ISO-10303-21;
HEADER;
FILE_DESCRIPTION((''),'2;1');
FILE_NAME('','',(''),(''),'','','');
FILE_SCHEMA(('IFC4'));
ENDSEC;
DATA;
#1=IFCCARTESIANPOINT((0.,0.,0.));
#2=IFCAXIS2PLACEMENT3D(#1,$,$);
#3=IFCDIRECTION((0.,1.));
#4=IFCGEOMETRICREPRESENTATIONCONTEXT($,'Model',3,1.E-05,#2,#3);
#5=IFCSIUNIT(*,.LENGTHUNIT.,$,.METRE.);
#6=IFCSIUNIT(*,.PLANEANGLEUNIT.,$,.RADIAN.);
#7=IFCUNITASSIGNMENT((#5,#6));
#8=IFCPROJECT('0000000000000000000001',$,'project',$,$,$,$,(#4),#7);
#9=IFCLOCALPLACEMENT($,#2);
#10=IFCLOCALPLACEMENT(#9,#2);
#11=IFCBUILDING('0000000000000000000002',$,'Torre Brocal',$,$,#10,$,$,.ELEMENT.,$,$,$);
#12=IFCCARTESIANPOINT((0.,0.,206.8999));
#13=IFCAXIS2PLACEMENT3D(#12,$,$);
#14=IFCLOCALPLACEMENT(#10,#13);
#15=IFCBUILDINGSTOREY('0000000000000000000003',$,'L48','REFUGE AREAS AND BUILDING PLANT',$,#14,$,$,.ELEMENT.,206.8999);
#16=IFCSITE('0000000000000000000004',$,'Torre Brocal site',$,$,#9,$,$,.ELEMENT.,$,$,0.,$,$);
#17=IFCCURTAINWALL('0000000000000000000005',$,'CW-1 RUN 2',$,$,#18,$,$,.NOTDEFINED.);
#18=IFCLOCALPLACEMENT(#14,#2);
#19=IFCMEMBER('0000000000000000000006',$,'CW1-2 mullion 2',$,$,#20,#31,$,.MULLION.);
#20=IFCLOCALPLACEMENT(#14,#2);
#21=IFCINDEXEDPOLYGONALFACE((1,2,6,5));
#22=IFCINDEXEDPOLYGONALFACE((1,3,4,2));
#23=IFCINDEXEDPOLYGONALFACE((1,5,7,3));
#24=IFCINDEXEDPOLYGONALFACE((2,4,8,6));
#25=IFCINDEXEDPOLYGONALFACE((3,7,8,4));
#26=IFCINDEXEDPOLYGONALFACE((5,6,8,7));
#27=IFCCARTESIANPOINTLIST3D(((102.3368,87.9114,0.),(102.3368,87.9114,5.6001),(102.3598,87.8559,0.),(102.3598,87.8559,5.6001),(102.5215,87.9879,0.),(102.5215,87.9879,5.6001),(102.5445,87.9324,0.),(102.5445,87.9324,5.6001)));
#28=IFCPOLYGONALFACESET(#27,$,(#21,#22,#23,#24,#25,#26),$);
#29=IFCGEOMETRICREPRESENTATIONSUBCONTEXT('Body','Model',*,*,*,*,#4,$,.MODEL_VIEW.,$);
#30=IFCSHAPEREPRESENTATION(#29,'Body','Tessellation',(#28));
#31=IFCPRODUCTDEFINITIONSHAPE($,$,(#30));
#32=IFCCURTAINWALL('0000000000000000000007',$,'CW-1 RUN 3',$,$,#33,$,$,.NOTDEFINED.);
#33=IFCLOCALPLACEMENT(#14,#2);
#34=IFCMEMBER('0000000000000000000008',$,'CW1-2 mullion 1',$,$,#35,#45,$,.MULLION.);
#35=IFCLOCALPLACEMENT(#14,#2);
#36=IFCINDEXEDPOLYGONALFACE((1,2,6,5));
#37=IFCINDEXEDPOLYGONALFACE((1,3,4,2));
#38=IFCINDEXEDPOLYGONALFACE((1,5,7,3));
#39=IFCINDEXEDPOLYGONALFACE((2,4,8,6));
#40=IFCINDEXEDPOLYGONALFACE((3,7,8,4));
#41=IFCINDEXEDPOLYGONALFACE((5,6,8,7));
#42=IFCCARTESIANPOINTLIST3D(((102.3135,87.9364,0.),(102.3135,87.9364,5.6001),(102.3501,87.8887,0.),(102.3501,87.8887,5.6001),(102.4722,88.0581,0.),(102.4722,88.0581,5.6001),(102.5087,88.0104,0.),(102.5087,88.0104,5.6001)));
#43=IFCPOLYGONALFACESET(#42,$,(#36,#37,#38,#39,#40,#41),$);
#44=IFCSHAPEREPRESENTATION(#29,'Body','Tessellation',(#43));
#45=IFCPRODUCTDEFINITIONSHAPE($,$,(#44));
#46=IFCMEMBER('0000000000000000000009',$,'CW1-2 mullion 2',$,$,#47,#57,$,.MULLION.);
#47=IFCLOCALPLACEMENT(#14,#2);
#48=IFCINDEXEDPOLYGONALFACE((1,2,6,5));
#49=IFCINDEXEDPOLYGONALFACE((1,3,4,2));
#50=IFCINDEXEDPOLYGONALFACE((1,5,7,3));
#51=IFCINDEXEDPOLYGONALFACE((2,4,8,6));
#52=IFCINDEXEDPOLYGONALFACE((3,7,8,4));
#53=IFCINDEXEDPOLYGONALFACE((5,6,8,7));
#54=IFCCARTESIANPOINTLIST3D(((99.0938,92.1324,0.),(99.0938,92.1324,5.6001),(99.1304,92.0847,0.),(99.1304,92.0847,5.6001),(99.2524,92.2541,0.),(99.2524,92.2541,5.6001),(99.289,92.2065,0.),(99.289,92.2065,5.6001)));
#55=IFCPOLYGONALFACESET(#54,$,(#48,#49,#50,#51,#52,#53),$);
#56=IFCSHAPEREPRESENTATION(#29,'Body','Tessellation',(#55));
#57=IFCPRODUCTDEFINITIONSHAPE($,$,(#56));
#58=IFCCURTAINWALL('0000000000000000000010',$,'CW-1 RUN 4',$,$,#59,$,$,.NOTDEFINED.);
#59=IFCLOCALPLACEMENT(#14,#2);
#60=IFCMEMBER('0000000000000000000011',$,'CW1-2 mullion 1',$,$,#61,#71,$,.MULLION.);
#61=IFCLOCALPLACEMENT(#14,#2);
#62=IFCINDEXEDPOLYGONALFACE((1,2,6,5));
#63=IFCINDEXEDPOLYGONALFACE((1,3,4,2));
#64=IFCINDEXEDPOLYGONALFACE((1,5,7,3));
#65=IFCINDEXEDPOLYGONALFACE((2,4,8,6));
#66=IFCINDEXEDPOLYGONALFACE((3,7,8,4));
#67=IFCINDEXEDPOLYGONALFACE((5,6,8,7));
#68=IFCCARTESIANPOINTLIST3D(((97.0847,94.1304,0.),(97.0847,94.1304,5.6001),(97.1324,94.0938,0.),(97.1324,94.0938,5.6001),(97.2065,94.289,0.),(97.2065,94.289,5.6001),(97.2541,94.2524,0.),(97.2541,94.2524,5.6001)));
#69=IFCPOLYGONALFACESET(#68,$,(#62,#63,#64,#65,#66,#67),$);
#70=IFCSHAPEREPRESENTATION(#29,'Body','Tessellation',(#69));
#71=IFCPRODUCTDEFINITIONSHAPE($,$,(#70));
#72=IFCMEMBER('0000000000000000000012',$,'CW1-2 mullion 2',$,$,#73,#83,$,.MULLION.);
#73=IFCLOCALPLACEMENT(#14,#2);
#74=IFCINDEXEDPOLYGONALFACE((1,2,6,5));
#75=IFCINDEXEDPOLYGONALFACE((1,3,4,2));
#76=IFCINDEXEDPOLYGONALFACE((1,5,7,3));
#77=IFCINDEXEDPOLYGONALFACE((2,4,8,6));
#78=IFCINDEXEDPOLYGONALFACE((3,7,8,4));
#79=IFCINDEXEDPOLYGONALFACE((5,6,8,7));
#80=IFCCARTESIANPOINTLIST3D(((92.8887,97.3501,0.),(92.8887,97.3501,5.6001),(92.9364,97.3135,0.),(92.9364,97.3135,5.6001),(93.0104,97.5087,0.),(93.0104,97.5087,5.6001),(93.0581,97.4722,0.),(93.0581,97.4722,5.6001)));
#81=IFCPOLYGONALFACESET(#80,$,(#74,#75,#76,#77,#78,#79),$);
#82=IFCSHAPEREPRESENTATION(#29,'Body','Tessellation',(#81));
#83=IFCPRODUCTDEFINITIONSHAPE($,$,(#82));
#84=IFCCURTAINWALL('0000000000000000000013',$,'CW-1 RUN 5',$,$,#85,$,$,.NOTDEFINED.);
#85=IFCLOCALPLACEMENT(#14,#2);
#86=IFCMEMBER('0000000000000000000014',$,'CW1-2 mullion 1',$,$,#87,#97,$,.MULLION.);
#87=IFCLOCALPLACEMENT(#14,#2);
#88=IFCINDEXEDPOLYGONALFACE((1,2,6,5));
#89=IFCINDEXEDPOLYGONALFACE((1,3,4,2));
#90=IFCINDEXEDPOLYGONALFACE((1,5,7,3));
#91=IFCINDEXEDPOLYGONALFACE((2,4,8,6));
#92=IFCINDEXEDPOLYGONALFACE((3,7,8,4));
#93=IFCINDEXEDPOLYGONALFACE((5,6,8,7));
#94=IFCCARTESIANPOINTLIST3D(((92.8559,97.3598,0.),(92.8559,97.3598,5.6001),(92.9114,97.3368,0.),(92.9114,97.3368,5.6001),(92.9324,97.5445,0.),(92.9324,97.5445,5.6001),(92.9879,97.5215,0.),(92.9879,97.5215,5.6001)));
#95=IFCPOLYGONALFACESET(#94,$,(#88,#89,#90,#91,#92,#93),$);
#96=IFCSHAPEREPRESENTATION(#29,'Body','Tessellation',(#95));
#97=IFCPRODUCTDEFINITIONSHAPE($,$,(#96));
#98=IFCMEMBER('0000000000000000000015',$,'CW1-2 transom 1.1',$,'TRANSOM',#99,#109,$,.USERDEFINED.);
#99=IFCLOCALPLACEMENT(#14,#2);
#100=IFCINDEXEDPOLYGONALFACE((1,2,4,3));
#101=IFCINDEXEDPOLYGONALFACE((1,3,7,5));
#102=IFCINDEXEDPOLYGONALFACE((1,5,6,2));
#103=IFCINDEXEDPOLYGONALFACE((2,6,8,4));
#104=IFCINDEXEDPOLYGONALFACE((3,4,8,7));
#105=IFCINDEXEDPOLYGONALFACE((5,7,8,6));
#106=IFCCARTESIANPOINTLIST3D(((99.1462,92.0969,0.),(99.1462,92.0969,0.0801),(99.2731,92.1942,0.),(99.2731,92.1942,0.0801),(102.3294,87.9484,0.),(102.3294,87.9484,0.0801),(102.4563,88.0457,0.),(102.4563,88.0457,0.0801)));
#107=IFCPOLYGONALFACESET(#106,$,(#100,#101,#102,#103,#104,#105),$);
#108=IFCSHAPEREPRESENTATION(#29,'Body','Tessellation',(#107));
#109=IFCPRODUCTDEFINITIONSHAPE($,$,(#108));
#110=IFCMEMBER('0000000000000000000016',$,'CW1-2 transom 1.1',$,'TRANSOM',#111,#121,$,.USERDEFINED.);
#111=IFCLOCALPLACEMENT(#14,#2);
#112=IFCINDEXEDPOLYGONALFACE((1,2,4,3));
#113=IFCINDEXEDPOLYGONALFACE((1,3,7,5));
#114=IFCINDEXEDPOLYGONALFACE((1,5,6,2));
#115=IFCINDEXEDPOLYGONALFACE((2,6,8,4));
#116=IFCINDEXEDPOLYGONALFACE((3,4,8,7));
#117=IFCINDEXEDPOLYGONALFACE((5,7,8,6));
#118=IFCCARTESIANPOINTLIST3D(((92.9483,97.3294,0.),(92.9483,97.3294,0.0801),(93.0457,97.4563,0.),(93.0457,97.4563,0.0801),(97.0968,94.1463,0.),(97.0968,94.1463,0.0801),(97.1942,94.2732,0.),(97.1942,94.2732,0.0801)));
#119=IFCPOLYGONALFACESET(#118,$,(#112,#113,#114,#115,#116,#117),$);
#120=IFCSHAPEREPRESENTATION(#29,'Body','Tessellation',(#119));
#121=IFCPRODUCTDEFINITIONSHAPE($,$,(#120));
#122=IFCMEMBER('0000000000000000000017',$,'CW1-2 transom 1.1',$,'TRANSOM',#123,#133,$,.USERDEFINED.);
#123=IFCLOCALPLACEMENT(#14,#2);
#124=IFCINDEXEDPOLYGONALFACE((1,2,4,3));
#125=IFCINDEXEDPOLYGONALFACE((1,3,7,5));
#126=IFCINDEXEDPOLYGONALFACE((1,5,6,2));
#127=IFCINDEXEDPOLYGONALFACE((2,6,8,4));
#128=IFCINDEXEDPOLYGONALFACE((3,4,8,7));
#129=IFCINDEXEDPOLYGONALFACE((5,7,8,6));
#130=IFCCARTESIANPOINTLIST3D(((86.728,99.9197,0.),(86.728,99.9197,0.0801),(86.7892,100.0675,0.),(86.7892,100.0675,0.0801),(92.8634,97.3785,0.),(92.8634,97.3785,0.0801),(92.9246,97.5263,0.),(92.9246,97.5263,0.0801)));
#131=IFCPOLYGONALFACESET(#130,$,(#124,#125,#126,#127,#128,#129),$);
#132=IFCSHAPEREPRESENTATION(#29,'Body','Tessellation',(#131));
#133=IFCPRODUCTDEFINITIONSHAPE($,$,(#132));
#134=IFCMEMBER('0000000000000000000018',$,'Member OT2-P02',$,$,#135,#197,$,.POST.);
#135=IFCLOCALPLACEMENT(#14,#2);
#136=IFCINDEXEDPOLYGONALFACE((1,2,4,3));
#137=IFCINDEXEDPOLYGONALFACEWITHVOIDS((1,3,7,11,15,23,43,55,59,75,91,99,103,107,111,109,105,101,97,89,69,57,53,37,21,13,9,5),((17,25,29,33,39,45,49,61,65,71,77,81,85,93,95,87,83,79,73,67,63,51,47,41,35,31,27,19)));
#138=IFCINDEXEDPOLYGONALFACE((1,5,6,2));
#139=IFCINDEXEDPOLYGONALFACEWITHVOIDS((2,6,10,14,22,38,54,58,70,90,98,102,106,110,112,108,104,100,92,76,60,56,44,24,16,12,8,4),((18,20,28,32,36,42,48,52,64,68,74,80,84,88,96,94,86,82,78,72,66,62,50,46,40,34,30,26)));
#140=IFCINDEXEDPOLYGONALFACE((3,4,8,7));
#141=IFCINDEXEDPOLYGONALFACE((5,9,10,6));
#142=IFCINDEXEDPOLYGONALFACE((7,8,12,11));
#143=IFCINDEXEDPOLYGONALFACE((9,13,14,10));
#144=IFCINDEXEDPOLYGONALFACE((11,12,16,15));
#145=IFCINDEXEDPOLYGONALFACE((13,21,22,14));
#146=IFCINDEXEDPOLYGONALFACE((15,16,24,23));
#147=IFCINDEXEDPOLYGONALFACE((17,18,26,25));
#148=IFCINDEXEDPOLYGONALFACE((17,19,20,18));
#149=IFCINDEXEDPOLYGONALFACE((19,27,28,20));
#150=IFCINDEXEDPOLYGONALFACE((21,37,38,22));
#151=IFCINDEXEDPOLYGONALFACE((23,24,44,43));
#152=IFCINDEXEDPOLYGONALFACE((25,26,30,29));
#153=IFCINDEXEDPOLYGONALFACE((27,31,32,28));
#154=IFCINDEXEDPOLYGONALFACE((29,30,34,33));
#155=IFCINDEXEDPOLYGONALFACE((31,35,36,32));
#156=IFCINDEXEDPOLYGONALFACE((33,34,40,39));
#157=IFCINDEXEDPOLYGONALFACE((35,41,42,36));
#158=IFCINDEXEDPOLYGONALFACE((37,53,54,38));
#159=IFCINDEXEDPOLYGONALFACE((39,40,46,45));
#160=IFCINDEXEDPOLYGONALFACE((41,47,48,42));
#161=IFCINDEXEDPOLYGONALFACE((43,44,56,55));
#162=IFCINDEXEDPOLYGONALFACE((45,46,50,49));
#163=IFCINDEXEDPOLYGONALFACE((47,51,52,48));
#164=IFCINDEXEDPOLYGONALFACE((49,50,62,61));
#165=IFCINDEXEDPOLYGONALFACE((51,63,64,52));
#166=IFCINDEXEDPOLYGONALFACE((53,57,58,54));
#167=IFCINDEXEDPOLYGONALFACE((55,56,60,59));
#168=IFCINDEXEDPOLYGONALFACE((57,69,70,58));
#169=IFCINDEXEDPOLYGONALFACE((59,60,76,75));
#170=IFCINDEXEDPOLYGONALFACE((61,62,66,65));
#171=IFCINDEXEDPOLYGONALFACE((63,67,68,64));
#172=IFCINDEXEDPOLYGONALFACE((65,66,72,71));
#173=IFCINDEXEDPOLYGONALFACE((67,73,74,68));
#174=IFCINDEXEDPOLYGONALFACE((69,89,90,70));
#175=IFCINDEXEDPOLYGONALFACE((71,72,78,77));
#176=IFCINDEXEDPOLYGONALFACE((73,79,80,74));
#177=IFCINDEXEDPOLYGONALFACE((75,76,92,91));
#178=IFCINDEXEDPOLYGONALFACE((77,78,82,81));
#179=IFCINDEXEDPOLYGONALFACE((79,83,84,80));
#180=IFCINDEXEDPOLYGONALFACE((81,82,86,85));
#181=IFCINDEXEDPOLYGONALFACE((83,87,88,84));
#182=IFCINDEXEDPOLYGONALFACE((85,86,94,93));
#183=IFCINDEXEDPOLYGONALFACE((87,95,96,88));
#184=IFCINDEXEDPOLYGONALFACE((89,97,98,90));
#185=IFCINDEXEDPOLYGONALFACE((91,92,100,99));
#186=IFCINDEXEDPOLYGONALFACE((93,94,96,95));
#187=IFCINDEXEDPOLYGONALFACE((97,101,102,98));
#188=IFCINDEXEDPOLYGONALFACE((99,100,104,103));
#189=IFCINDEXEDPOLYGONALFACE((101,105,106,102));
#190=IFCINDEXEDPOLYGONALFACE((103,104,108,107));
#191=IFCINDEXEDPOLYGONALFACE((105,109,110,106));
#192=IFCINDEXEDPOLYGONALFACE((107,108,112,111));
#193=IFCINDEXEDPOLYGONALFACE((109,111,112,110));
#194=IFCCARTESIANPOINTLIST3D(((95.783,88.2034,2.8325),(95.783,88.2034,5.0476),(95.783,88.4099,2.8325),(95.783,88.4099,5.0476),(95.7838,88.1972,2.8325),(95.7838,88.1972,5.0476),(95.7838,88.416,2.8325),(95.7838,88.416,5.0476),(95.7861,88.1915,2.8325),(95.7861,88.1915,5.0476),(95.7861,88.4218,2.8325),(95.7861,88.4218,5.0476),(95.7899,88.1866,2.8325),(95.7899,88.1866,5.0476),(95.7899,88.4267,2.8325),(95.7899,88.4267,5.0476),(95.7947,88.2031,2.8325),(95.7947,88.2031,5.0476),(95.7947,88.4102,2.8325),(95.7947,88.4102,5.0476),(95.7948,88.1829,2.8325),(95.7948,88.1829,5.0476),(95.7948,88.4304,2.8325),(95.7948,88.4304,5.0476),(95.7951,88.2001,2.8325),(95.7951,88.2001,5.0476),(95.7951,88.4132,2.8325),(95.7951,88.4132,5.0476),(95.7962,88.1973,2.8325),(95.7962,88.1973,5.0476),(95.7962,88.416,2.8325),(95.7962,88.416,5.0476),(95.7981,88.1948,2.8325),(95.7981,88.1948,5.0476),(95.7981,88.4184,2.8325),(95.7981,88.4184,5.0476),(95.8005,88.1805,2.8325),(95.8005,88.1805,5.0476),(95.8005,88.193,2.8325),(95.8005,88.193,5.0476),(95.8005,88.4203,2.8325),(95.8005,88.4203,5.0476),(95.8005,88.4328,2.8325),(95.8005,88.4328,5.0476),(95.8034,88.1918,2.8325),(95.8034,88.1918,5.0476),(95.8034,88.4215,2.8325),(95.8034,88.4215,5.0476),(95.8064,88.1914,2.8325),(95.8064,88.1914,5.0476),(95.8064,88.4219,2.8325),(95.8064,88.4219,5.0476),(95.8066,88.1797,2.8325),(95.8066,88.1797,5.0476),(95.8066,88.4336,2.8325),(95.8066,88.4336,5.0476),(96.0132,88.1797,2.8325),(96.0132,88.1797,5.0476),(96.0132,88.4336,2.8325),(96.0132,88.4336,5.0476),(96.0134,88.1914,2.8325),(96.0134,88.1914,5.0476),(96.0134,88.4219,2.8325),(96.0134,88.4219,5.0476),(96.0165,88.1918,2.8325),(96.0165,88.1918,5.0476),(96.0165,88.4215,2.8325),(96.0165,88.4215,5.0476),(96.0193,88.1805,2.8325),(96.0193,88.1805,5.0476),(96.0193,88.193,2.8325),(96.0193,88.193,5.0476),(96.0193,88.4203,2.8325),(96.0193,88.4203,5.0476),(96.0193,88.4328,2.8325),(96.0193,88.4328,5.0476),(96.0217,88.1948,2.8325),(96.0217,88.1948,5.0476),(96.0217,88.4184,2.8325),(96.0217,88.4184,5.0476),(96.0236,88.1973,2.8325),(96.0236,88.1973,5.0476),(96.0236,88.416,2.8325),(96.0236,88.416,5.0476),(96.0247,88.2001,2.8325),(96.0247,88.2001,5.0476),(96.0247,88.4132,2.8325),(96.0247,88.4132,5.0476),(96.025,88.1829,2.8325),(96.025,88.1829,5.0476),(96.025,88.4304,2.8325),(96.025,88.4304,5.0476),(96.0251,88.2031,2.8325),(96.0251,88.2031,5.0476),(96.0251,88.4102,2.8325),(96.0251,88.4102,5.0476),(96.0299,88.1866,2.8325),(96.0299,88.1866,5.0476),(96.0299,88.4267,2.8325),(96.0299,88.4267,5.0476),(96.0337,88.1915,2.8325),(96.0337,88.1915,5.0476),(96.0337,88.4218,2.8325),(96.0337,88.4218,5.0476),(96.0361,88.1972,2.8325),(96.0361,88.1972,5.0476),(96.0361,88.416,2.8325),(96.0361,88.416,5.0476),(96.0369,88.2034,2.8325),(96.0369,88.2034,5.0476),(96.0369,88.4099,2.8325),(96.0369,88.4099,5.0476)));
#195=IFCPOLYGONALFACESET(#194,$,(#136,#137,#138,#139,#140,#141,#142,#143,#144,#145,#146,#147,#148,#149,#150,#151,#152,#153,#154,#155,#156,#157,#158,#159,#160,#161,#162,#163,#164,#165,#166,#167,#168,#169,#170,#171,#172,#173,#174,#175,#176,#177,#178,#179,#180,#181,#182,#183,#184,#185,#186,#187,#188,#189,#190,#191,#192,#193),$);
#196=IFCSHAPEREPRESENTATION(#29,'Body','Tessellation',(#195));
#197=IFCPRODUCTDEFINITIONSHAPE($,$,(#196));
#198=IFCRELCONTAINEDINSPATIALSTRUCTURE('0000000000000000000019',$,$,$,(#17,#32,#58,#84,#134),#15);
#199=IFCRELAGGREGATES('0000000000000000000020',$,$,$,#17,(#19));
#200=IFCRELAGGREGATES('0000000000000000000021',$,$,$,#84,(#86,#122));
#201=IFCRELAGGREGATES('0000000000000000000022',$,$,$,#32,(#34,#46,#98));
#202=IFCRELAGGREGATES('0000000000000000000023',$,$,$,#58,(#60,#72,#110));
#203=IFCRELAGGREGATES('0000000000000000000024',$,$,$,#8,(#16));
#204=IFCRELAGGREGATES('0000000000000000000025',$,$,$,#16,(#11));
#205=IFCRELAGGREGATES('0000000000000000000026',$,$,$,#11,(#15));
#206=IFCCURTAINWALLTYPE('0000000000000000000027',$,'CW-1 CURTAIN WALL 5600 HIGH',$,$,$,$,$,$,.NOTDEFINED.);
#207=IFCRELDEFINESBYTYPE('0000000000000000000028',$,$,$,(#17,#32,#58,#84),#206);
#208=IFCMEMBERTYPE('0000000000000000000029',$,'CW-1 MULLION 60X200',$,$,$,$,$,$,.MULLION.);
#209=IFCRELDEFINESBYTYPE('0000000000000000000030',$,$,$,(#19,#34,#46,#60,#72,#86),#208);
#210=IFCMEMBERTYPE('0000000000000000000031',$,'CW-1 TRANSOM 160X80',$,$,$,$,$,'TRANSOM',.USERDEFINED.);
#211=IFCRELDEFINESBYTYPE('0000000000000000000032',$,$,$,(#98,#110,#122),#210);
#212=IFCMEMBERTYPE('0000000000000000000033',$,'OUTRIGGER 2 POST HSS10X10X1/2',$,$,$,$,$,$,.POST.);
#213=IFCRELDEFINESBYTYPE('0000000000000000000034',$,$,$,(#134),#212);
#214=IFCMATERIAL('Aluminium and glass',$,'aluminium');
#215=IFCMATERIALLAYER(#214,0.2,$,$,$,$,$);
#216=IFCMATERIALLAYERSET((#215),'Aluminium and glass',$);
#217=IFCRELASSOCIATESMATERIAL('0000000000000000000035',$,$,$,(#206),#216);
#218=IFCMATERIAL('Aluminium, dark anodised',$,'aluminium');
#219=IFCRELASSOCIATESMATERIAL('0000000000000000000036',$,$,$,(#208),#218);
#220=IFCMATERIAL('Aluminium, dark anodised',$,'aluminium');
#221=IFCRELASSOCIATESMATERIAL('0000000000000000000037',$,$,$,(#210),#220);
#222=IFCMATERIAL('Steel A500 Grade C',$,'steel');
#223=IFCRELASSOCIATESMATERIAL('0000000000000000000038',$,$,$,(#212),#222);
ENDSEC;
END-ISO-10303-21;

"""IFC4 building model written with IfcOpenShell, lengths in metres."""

from ifc_helpers import new_model, si_unit, direction, frame, origin, origin_2d, place, context, subcontext, project, spatial, rectangle, hollow_rectangle, extrude, material, layer, layer_set, material_profile, profile_set, type_object, element, aggregate, save


model = new_model("IFC4")

# Units and contexts
model_context = context("Model", 3, precision=1e-05, world=origin(), true_north=direction((0.0, 1.0)))
body_context = subcontext(model_context, "Body", "Model", "MODEL_VIEW")
ifc_project = project(units=[si_unit("LENGTHUNIT", "METRE"), si_unit("PLANEANGLEUNIT", "RADIAN")], contexts=[model_context])

# Site, building, storey
site_placement = place(None, origin())
site = spatial("IfcSite", under=ifc_project, at=site_placement, Name="Torre Brocal site", CompositionType="ELEMENT", RefElevation=0.0)
building_placement = place(site_placement, origin())
building = spatial("IfcBuilding", under=site, at=building_placement, Name="Torre Brocal", CompositionType="ELEMENT")
storey_placement = place(building_placement, frame((0.0, 0.0, 206.8999)))
storey = spatial("IfcBuildingStorey", under=building, at=storey_placement, Name="L48", Description="REFUGE AREAS AND BUILDING PLANT", CompositionType="ELEMENT", Elevation=206.8999)

# Curtain wall, member
ifc_material_1 = material(Name="Aluminium and glass", Category="aluminium")
ifc_layer_1 = layer(ifc_material_1, 0.2)
ifc_layer_set_1 = layer_set([ifc_layer_1], Name="Aluminium and glass")
curtain_wall_type = type_object("IfcCurtainWallType", Name="CW-1 CURTAIN WALL 5600 HIGH", PredefinedType="NOTDEFINED", material=ifc_layer_set_1)
curtain_wall_1_placement = place(storey_placement, origin())
curtain_wall_1 = element("IfcCurtainWall", 1, at=curtain_wall_1_placement, inside=storey, type_object=curtain_wall_type, Name="CW-1 RUN 2", PredefinedType="NOTDEFINED")
ifc_material_2 = material(Name="Aluminium, dark anodised", Category="aluminium")
ifc_material_profile_1 = material_profile(ifc_material_2, rectangle(XDim=0.2, YDim=0.0601, at=origin_2d()), Name="CW-1 MULLION 60X200")
ifc_profile_set_1 = profile_set([ifc_material_profile_1], Name="Aluminium, dark anodised")
member_type_1 = type_object("IfcMemberType", Name="CW-1 MULLION 60X200", PredefinedType="MULLION", material=ifc_profile_set_1)
member_1_placement = place(storey_placement, frame((102.4407, 87.9219, 0.0), z_axis=(0.0, 0.0, 1.0), x_axis=(-0.92388, -0.382683, 0.0)))
member_1 = element("IfcMember", 2, at=member_1_placement, type_object=member_type_1, Name="CW1-2 mullion 2", PredefinedType="MULLION", context=body_context, shape_type="SweptSolid", body=[
    extrude(rectangle(XDim=0.2, YDim=0.0601, at=origin_2d()), origin(), (0.0, 0.0, 1.0), 5.6001),
])
aggregate(curtain_wall_1, [member_1])

# Curtain walls, members
curtain_wall_2_placement = place(storey_placement, origin())
curtain_wall_2 = element("IfcCurtainWall", 3, at=curtain_wall_2_placement, inside=storey, type_object=curtain_wall_type, Name="CW-1 RUN 3", PredefinedType="NOTDEFINED")
member_2_placement = place(storey_placement, frame((102.4111, 87.9734, 0.0), z_axis=(0.0, 0.0, 1.0), x_axis=(-0.793353, -0.608761, 0.0)))
member_2 = element("IfcMember", 4, at=member_2_placement, type_object=member_type_1, Name="CW1-2 mullion 1", PredefinedType="MULLION", context=body_context, shape_type="SweptSolid", body=[
    extrude(rectangle(XDim=0.2, YDim=0.0601, at=origin_2d()), origin(), (0.0, 0.0, 1.0), 5.6001),
])
member_3_placement = place(storey_placement, frame((99.1914, 92.1694, 0.0), z_axis=(0.0, 0.0, 1.0), x_axis=(-0.793353, -0.608761, 0.0)))
member_3 = element("IfcMember", 5, at=member_3_placement, type_object=member_type_1, Name="CW1-2 mullion 2", PredefinedType="MULLION", context=body_context, shape_type="SweptSolid", body=[
    extrude(rectangle(XDim=0.2, YDim=0.0601, at=origin_2d()), origin(), (0.0, 0.0, 1.0), 5.6001),
])
curtain_wall_3_placement = place(storey_placement, origin())
curtain_wall_3 = element("IfcCurtainWall", 6, at=curtain_wall_3_placement, inside=storey, type_object=curtain_wall_type, Name="CW-1 RUN 4", PredefinedType="NOTDEFINED")
member_4_placement = place(storey_placement, frame((97.1694, 94.1914, 0.0), z_axis=(0.0, 0.0, 1.0), x_axis=(-0.608761, -0.793353, 0.0)))
member_4 = element("IfcMember", 7, at=member_4_placement, type_object=member_type_1, Name="CW1-2 mullion 1", PredefinedType="MULLION", context=body_context, shape_type="SweptSolid", body=[
    extrude(rectangle(XDim=0.2, YDim=0.0601, at=origin_2d()), origin(), (0.0, 0.0, 1.0), 5.6001),
])
member_5_placement = place(storey_placement, frame((92.9734, 97.4111, 0.0), z_axis=(0.0, 0.0, 1.0), x_axis=(-0.608761, -0.793353, 0.0)))
member_5 = element("IfcMember", 8, at=member_5_placement, type_object=member_type_1, Name="CW1-2 mullion 2", PredefinedType="MULLION", context=body_context, shape_type="SweptSolid", body=[
    extrude(rectangle(XDim=0.2, YDim=0.0601, at=origin_2d()), origin(), (0.0, 0.0, 1.0), 5.6001),
])

# Curtain wall, member
curtain_wall_4_placement = place(storey_placement, origin())
curtain_wall_4 = element("IfcCurtainWall", 9, at=curtain_wall_4_placement, inside=storey, type_object=curtain_wall_type, Name="CW-1 RUN 5", PredefinedType="NOTDEFINED")
member_6_placement = place(storey_placement, frame((92.9219, 97.4407, 0.0), z_axis=(0.0, 0.0, 1.0), x_axis=(-0.382683, -0.92388, 0.0)))
member_6 = element("IfcMember", 10, at=member_6_placement, type_object=member_type_1, Name="CW1-2 mullion 1", PredefinedType="MULLION", context=body_context, shape_type="SweptSolid", body=[
    extrude(rectangle(XDim=0.2, YDim=0.0601, at=origin_2d()), origin(), (0.0, 0.0, 1.0), 5.6001),
])

# Members
ifc_material_3 = material(Name="Aluminium, dark anodised", Category="aluminium")
ifc_material_profile_2 = material_profile(ifc_material_3, rectangle(XDim=0.1599, YDim=0.0801, at=origin_2d()), Name="CW-1 TRANSOM 160X80")
ifc_profile_set_2 = profile_set([ifc_material_profile_2], Name="Aluminium, dark anodised")
member_type_2 = type_object("IfcMemberType", Name="CW-1 TRANSOM 160X80", ElementType="TRANSOM", PredefinedType="USERDEFINED", material=ifc_profile_set_2)
member_7_placement = place(storey_placement, frame((102.3928, 87.9971, 0.04), z_axis=(-0.608749, 0.793363, 0.0), x_axis=(-0.793363, -0.608749, 0.0)))
member_7 = element("IfcMember", 11, at=member_7_placement, type_object=member_type_2, Name="CW1-2 transom 1.1", ObjectType="TRANSOM", PredefinedType="USERDEFINED", context=body_context, shape_type="SweptSolid", body=[
    extrude(rectangle(XDim=0.1599, YDim=0.0801, at=origin_2d()), origin(), (0.0, 0.0, 1.0), 5.229),
])
member_8_placement = place(storey_placement, frame((97.1455, 94.2097, 0.04), z_axis=(-0.793363, 0.608749, 0.0), x_axis=(-0.608749, -0.793363, 0.0)))
member_8 = element("IfcMember", 12, at=member_8_placement, type_object=member_type_2, Name="CW1-2 transom 1.1", ObjectType="TRANSOM", PredefinedType="USERDEFINED", context=body_context, shape_type="SweptSolid", body=[
    extrude(rectangle(XDim=0.1599, YDim=0.0801, at=origin_2d()), origin(), (0.0, 0.0, 1.0), 5.229),
])
member_9_placement = place(storey_placement, frame((92.894, 97.4524, 0.04), z_axis=(-0.923887, 0.382665, 0.0), x_axis=(-0.382665, -0.923887, 0.0)))
member_9 = element("IfcMember", 13, at=member_9_placement, type_object=member_type_2, Name="CW1-2 transom 1.1", ObjectType="TRANSOM", PredefinedType="USERDEFINED", context=body_context, shape_type="SweptSolid", body=[
    extrude(rectangle(XDim=0.1599, YDim=0.0801, at=origin_2d()), origin(), (0.0, 0.0, 1.0), 6.6409),
])
aggregate(curtain_wall_4, [member_6, member_9])
ifc_material_4 = material(Name="Steel A500 Grade C", Category="steel")
ifc_material_profile_3 = material_profile(ifc_material_4, hollow_rectangle(XDim=0.2539, YDim=0.2539, WallThickness=0.0117, InnerFilletRadius=0.0117, OuterFilletRadius=0.0237, at=origin_2d()), Name="HSS10X10X1/2")
ifc_profile_set_3 = profile_set([ifc_material_profile_3], Name="Steel A500 Grade C")
member_type_3 = type_object("IfcMemberType", Name="OUTRIGGER 2 POST HSS10X10X1/2", PredefinedType="POST", material=ifc_profile_set_3)
member_10_placement = place(storey_placement, frame((95.9099, 88.3066, 2.8325), z_axis=(0.0, 0.0, 1.0), x_axis=(1.0, 0.0, 0.0)))
element("IfcMember", 14, at=member_10_placement, inside=storey, type_object=member_type_3, Name="Member OT2-P02", PredefinedType="POST", context=body_context, shape_type="SweptSolid", body=[
    extrude(hollow_rectangle(XDim=0.2539, YDim=0.2539, WallThickness=0.0117, InnerFilletRadius=0.0117, OuterFilletRadius=0.0237, at=origin_2d()), origin(), (0.0, 0.0, 1.0), 2.2151),
])

aggregate(curtain_wall_2, [member_2, member_3, member_7])
aggregate(curtain_wall_3, [member_4, member_5, member_8])

save(model, "model.ifc")
